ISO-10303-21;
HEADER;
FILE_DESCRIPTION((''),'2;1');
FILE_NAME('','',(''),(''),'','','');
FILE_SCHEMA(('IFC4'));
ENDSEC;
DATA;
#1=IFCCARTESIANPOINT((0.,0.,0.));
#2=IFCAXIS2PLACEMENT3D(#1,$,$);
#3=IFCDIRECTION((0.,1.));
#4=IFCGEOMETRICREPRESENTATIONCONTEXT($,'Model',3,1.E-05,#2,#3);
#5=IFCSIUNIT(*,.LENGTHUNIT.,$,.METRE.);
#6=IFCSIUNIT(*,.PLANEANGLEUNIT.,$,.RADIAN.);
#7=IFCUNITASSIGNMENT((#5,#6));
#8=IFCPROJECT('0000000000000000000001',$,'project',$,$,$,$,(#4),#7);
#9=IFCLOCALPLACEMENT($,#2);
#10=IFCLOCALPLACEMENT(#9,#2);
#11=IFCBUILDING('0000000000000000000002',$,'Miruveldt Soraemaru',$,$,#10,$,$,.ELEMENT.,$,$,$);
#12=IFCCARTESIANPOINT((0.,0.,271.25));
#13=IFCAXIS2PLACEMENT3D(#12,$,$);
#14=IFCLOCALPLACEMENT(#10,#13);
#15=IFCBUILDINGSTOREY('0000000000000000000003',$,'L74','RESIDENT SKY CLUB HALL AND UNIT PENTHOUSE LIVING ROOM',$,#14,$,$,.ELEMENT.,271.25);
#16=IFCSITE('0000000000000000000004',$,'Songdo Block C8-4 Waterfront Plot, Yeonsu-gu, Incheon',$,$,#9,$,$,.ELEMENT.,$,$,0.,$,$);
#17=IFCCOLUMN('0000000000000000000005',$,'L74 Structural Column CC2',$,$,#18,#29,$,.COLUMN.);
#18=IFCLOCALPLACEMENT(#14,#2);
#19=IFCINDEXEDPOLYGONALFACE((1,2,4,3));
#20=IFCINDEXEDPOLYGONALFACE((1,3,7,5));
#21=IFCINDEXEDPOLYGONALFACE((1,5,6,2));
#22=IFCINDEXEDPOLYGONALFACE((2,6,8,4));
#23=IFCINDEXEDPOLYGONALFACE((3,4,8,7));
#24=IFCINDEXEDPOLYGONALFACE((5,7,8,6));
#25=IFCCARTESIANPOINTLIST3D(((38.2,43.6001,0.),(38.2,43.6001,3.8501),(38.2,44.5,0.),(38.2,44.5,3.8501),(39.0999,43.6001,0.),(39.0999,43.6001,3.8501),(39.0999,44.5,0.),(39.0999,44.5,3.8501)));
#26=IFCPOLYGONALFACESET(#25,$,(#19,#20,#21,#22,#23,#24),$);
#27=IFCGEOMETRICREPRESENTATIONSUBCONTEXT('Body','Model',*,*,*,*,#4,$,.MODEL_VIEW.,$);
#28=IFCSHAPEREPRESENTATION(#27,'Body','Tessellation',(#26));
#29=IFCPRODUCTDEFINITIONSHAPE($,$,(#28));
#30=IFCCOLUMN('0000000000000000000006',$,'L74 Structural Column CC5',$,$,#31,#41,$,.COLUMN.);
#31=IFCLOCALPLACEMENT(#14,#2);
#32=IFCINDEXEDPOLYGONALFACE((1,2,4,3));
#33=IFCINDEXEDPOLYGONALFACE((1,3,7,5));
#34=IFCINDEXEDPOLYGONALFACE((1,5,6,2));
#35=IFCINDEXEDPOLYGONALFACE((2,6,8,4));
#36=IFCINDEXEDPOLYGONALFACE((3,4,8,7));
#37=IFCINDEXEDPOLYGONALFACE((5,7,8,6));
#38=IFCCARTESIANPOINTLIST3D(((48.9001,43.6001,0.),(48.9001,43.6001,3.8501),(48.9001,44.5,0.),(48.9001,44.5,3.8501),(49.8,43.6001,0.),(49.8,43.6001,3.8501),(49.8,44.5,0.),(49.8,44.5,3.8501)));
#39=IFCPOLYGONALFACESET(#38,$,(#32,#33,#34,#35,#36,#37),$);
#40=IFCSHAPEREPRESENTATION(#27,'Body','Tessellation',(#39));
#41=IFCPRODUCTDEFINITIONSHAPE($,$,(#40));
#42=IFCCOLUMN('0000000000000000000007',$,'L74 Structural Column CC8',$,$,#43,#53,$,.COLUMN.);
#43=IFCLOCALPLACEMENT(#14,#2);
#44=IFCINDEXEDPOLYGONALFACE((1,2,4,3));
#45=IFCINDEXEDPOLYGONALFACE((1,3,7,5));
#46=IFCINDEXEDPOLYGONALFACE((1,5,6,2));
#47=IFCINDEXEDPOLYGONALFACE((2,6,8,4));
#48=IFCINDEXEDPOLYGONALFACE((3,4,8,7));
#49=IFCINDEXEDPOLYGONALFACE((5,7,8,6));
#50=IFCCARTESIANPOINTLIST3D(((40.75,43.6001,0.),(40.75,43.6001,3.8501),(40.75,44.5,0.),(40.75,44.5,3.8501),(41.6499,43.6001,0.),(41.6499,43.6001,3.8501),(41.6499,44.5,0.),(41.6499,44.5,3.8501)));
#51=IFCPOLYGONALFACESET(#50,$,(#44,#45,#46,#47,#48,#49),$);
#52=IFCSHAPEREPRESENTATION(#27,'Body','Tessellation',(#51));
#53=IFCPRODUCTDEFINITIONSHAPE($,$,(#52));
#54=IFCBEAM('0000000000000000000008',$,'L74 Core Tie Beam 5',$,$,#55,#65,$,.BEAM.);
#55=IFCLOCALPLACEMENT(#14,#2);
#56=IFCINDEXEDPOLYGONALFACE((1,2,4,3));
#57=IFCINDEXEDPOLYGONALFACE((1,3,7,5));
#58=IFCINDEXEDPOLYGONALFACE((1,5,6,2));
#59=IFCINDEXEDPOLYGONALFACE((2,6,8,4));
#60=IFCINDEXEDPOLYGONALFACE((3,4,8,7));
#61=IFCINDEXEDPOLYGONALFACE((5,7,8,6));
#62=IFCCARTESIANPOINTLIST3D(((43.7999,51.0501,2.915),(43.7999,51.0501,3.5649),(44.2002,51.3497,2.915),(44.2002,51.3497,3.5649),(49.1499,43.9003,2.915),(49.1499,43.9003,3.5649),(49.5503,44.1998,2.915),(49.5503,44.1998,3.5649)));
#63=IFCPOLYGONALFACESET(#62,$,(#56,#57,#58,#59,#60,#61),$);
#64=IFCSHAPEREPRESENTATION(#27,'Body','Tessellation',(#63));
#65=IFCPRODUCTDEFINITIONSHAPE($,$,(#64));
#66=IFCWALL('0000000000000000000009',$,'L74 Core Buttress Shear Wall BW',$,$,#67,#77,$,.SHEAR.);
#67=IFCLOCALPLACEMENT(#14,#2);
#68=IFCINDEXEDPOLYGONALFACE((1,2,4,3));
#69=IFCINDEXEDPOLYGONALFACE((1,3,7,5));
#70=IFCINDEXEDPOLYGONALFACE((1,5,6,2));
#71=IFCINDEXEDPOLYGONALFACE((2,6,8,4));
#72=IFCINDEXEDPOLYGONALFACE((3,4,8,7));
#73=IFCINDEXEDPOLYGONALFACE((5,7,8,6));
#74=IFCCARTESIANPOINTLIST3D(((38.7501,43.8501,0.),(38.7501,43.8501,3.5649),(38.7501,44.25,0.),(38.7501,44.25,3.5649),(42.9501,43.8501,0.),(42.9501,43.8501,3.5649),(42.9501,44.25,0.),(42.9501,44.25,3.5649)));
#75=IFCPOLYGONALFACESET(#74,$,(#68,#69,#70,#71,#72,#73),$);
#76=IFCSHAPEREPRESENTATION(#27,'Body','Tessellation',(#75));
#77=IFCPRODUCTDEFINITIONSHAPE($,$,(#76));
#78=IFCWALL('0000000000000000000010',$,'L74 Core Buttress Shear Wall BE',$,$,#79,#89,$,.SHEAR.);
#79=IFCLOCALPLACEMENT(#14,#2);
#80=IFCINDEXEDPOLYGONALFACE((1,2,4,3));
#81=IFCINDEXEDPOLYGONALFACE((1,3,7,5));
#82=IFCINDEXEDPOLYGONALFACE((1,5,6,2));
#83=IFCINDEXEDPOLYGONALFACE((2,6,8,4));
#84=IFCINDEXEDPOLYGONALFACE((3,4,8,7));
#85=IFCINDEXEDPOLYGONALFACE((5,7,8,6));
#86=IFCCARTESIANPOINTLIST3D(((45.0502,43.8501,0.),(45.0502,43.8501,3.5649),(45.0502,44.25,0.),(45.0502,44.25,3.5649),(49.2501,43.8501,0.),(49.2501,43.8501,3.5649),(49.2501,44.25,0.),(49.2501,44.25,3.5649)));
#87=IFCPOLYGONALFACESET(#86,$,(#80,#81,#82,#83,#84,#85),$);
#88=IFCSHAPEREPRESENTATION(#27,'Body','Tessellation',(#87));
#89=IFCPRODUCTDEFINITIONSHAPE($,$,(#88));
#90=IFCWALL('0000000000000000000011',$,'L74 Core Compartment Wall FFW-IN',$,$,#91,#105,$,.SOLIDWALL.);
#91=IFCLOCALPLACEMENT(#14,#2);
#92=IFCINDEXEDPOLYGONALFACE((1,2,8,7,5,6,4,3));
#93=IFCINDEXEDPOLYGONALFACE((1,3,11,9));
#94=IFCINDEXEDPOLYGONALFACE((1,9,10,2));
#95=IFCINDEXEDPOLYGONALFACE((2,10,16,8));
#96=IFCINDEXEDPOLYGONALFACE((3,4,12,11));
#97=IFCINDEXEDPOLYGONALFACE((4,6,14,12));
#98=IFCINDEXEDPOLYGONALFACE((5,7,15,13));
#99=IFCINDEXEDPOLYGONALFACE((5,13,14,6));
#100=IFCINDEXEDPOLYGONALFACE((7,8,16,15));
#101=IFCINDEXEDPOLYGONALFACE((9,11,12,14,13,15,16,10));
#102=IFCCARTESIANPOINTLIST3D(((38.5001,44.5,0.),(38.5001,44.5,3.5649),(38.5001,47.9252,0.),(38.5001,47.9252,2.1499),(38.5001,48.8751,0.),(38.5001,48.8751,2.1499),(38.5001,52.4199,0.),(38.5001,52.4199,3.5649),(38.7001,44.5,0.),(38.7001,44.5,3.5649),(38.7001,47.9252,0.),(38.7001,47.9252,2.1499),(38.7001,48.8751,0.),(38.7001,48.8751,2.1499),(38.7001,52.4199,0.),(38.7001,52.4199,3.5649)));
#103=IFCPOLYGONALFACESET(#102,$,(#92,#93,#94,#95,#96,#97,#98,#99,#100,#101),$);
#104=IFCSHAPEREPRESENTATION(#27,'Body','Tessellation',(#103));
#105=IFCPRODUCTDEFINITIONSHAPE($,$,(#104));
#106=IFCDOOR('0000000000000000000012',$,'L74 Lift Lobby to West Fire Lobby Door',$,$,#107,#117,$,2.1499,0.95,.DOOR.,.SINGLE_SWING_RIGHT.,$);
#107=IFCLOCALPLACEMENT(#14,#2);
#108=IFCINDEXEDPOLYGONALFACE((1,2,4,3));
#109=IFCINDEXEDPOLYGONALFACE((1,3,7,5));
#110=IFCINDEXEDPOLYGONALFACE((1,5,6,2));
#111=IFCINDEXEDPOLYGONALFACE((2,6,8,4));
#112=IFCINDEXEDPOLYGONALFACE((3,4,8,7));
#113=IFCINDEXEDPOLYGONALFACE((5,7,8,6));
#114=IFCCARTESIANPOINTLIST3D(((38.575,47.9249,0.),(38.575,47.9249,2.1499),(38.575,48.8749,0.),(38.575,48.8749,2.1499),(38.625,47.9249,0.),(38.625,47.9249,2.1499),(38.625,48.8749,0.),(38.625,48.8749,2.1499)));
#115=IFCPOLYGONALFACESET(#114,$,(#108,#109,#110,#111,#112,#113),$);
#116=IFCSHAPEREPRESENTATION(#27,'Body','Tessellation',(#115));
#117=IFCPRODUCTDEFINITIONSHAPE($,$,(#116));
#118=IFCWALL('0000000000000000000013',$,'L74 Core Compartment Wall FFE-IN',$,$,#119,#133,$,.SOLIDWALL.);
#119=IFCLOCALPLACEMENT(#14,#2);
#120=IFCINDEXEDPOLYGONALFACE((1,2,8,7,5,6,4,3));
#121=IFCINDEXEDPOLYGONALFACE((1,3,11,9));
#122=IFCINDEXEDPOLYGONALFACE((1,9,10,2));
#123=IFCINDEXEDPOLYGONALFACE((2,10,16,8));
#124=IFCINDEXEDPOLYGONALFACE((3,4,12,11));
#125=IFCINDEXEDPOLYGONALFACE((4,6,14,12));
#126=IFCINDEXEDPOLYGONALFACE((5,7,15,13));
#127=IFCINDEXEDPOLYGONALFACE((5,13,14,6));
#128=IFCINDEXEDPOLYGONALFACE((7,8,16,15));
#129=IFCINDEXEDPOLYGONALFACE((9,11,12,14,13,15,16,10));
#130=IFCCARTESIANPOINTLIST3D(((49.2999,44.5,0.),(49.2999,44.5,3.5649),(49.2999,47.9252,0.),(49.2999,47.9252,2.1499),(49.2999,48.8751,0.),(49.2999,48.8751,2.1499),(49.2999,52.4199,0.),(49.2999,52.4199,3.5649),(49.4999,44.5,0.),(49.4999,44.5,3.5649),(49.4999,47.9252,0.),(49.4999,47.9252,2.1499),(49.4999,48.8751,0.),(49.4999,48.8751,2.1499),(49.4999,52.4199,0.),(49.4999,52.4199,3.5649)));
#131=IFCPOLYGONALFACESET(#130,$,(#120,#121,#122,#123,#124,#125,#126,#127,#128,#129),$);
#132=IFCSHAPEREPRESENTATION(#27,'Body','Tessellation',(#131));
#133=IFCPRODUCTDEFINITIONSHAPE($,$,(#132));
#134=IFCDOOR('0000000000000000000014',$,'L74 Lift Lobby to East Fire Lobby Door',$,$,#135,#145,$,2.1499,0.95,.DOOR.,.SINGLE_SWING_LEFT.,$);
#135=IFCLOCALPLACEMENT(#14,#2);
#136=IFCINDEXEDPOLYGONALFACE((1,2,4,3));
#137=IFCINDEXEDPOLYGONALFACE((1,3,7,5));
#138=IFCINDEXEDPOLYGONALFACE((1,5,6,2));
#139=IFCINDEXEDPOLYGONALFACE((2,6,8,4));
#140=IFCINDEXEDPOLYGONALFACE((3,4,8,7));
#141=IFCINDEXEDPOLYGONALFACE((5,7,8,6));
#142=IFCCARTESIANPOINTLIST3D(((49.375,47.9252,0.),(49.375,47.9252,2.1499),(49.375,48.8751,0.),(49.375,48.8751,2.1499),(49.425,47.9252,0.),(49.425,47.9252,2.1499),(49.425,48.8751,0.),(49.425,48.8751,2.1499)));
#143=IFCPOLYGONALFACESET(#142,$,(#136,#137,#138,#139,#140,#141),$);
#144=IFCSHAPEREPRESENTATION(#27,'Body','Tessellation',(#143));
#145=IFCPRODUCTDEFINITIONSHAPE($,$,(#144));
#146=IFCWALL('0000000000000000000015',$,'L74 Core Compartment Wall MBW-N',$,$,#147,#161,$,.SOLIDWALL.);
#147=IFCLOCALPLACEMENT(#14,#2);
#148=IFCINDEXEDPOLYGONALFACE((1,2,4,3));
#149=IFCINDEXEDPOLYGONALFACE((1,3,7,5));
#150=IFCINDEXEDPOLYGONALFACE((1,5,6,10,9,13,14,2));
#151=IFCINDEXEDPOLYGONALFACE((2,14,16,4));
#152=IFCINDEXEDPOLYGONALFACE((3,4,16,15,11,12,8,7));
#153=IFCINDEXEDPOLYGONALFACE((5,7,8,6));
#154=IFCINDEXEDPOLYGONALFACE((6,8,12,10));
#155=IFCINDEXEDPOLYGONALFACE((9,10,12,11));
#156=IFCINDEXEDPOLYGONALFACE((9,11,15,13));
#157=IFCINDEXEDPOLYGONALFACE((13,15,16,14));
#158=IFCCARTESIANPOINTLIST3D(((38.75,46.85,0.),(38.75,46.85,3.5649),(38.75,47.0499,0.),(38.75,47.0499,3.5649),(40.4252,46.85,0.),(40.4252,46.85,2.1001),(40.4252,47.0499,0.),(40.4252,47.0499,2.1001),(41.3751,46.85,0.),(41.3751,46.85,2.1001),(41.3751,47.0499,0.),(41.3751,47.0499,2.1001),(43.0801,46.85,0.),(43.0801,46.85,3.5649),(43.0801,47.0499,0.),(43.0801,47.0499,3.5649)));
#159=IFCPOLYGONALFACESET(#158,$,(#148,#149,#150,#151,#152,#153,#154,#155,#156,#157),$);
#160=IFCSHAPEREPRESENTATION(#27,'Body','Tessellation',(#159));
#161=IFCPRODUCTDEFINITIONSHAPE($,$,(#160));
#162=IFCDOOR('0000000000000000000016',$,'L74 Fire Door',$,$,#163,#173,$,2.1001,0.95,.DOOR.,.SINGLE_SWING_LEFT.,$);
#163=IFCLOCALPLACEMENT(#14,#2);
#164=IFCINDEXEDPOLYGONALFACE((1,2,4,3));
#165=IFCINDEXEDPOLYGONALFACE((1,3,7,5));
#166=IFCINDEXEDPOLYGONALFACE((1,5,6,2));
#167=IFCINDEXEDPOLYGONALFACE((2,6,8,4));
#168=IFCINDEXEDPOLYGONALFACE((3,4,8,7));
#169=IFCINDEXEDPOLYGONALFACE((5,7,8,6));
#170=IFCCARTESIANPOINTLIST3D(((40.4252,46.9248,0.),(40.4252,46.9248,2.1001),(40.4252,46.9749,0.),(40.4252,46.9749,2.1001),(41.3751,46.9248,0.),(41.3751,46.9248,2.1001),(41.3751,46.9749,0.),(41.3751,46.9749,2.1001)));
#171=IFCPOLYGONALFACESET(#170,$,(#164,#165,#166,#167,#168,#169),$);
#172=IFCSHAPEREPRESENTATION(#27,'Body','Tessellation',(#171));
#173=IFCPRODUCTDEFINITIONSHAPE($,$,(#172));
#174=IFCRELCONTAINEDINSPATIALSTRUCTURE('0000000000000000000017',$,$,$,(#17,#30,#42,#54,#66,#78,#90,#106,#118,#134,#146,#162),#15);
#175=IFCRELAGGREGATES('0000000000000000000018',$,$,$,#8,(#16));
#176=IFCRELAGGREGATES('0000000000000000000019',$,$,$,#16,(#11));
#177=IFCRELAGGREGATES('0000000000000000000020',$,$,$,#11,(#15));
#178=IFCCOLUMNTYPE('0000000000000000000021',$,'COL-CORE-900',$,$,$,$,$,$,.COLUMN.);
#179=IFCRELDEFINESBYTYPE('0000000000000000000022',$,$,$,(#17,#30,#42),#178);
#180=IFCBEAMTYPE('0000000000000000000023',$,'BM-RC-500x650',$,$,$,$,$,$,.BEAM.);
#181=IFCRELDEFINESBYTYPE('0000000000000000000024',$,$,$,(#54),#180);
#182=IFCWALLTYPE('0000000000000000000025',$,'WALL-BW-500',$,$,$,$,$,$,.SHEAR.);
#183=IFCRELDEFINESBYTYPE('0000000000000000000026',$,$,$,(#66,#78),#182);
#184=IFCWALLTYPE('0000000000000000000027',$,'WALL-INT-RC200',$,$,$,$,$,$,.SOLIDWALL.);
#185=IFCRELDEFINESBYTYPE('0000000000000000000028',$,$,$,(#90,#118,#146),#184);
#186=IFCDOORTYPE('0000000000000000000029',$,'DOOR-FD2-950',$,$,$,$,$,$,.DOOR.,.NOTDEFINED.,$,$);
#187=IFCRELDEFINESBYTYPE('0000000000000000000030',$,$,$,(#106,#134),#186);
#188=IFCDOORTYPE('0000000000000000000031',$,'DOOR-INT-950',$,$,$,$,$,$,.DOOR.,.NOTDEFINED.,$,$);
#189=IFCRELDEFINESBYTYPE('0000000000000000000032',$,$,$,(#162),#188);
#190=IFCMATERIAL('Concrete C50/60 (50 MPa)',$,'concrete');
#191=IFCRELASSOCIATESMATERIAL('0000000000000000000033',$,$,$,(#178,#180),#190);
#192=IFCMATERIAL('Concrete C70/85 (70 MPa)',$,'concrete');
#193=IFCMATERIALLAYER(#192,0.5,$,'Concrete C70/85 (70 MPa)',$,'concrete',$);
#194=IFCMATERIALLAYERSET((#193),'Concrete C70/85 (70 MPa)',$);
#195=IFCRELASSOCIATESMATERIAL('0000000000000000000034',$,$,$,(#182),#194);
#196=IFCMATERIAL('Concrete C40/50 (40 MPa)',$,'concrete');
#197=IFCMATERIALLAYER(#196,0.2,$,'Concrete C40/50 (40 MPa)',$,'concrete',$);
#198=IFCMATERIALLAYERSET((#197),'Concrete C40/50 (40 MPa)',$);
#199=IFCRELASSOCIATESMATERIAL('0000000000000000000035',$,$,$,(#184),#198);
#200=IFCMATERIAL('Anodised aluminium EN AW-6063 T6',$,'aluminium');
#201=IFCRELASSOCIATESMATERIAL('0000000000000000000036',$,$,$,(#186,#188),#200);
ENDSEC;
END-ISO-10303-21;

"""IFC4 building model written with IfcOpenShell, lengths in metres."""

from ifc_helpers import new_model, si_unit, direction, frame, frame_2d, origin, origin_2d, place, context, subcontext, project, spatial, rectangle, extrude, material, layer, layer_set, material_profile, profile_set, type_object, element, fill, save


model = new_model("IFC4")

# Units and contexts
model_context = context("Model", 3, precision=1e-05, world=origin(), true_north=direction((0.0, 1.0)))
body_context = subcontext(model_context, "Body", "Model", "MODEL_VIEW")
ifc_project = project(units=[si_unit("LENGTHUNIT", "METRE"), si_unit("PLANEANGLEUNIT", "RADIAN")], contexts=[model_context])

# Site, building, storey
site_placement = place(None, origin())
site = spatial("IfcSite", under=ifc_project, at=site_placement, Name="Songdo Block C8-4 Waterfront Plot, Yeonsu-gu, Incheon", CompositionType="ELEMENT", RefElevation=0.0)
building_placement = place(site_placement, origin())
building = spatial("IfcBuilding", under=site, at=building_placement, Name="Miruveldt Soraemaru", CompositionType="ELEMENT")
storey_placement = place(building_placement, frame((0.0, 0.0, 271.25)))
storey = spatial("IfcBuildingStorey", under=building, at=storey_placement, Name="L74", Description="RESIDENT SKY CLUB HALL AND UNIT PENTHOUSE LIVING ROOM", CompositionType="ELEMENT", Elevation=271.25)

# Columns
ifc_material_1 = material(Name="Concrete C50/60 (50 MPa)", Category="concrete")
ifc_material_profile_1 = material_profile(ifc_material_1, rectangle(XDim=0.8999, YDim=0.8999, at=origin_2d()), Name="Concrete C50/60 (50 MPa)", Category="concrete")
ifc_profile_set_1 = profile_set([ifc_material_profile_1], Name="Concrete C50/60 (50 MPa)")
column_type = type_object("IfcColumnType", Name="COL-CORE-900", PredefinedType="COLUMN", material=ifc_profile_set_1)
for number, where, z_axis, x_axis, name in (
    (1, (38.6499, 44.05, 0.0), (0.0, 0.0, 1.0), (1.0, 0.0, 0.0), "L74 Structural Column CC2"),
    (2, (49.3501, 44.05, 0.0), (0.0, 0.0, 1.0), (1.0, 0.0, 0.0), "L74 Structural Column CC5"),
    (3, (41.2, 44.05, 0.0), (0.0, 0.0, 1.0), (1.0, 0.0, 0.0), "L74 Structural Column CC8"),
):
    element("IfcColumn", number, at=place(storey_placement, frame(where, z_axis=z_axis, x_axis=x_axis)), inside=storey, type_object=column_type, Name=name, PredefinedType="COLUMN", context=body_context, shape_type="SweptSolid", body=[
        extrude(rectangle(XDim=0.8999, YDim=0.8999, at=origin_2d()), origin(), (0.0, 0.0, 1.0), 3.8501),
    ])

# Beam
ifc_material_profile_2 = material_profile(ifc_material_1, rectangle(XDim=0.5, YDim=0.6499, at=origin_2d()), Name="Concrete C50/60 (50 MPa)", Category="concrete")
ifc_profile_set_2 = profile_set([ifc_material_profile_2], Name="Concrete C50/60 (50 MPa)")
beam_type = type_object("IfcBeamType", Name="BM-RC-500x650", PredefinedType="BEAM", material=ifc_profile_set_2)
beam_placement = place(storey_placement, frame((49.3501, 44.05, 3.24), z_axis=(-0.599116, 0.800662, 0.0), x_axis=(-0.800662, -0.599116, 0.0)))
element("IfcBeam", 4, at=beam_placement, inside=storey, type_object=beam_type, Name="L74 Core Tie Beam 5", PredefinedType="BEAM", context=body_context, shape_type="SweptSolid", body=[
    extrude(rectangle(XDim=0.5, YDim=0.6499, at=origin_2d()), origin(), (0.0, 0.0, 1.0), 8.9299),
])

# Walls
ifc_material_2 = material(Name="Concrete C70/85 (70 MPa)", Category="concrete")
ifc_layer_1 = layer(ifc_material_2, 0.5, Name="Concrete C70/85 (70 MPa)", Category="concrete")
ifc_layer_set_1 = layer_set([ifc_layer_1], Name="Concrete C70/85 (70 MPa)")
wall_type_1 = type_object("IfcWallType", Name="WALL-BW-500", PredefinedType="SHEAR", material=ifc_layer_set_1)
for number, where, z_axis, x_axis, name in (
    (5, (38.75, 44.05, 0.0), (0.0, 0.0, 1.0), (1.0, 0.0, 0.0), "L74 Core Buttress Shear Wall BW"),
    (6, (45.05, 44.05, 0.0), (0.0, 0.0, 1.0), (1.0, 0.0, 0.0), "L74 Core Buttress Shear Wall BE"),
):
    element("IfcWall", number, at=place(storey_placement, frame(where, z_axis=z_axis, x_axis=x_axis)), inside=storey, type_object=wall_type_1, Name=name, PredefinedType="SHEAR", context=body_context, shape_type="SweptSolid", body=[
        extrude(rectangle(XDim=4.2, YDim=0.3999, at=frame_2d((2.1001, 0.0))), origin(), (0.0, 0.0, 1.0), 3.5649),
    ])

# Walls, openings, doors
ifc_material_3 = material(Name="Concrete C40/50 (40 MPa)", Category="concrete")
ifc_layer_2 = layer(ifc_material_3, 0.2, Name="Concrete C40/50 (40 MPa)", Category="concrete")
ifc_layer_set_2 = layer_set([ifc_layer_2], Name="Concrete C40/50 (40 MPa)")
wall_type_2 = type_object("IfcWallType", Name="WALL-INT-RC200", PredefinedType="SOLIDWALL", material=ifc_layer_set_2)
wall_1_placement = place(storey_placement, frame((38.6001, 44.5, 0.0), z_axis=(0.0, 0.0, 1.0), x_axis=(0.0, 1.0, 0.0)))
wall_1 = element("IfcWall", 7, at=wall_1_placement, inside=storey, type_object=wall_type_2, Name="L74 Core Compartment Wall FFW-IN", PredefinedType="SOLIDWALL", context=body_context, shape_type="SweptSolid", body=[
    extrude(rectangle(XDim=7.9199, YDim=0.2, at=frame_2d((3.96, 0.0))), origin(), (0.0, 0.0, 1.0), 3.5649),
])
opening_1_placement = place(wall_1_placement, frame((3.425, 0.0, 0.0)))
opening_1 = element("IfcOpeningElement", 8, at=opening_1_placement, cuts=wall_1, PredefinedType="OPENING", context=body_context, shape_type="SweptSolid", body=[
    extrude(rectangle(XDim=0.95, YDim=2.1499, at=frame_2d((0.4751, 1.075))), frame((0.0, 0.1099, 0.0), z_axis=(0.0, -1.0, 0.0), x_axis=(1.0, 0.0, 0.0)), (0.0, 0.0, 1.0), 0.22),
])
ifc_material_4 = material(Name="Anodised aluminium EN AW-6063 T6", Category="aluminium")
door_type_1 = type_object("IfcDoorType", Name="DOOR-FD2-950", OperationType="NOTDEFINED", PredefinedType="DOOR", material=ifc_material_4)
door_1_placement = place(opening_1_placement, frame((0.95, 0.0, 0.0), z_axis=(0.0, 0.0, 1.0), x_axis=(-1.0, 0.0, 0.0)))
door_1 = element("IfcDoor", 9, at=door_1_placement, inside=storey, type_object=door_type_1, Name="L74 Lift Lobby to West Fire Lobby Door", OperationType="SINGLE_SWING_RIGHT", OverallHeight=2.1499, OverallWidth=0.95, PredefinedType="DOOR", context=body_context, shape_type="SweptSolid", body=[
    extrude(rectangle(XDim=0.95, YDim=2.1499, at=frame_2d((0.4751, 1.075))), frame((0.0, 0.0249, 0.0), z_axis=(0.0, -1.0, 0.0), x_axis=(1.0, 0.0, 0.0)), (0.0, 0.0, 1.0), 0.05),
])
fill(opening_1, door_1)
wall_2_placement = place(storey_placement, frame((49.3999, 44.5, 0.0), z_axis=(0.0, 0.0, 1.0), x_axis=(0.0, 1.0, 0.0)))
wall_2 = element("IfcWall", 10, at=wall_2_placement, inside=storey, type_object=wall_type_2, Name="L74 Core Compartment Wall FFE-IN", PredefinedType="SOLIDWALL", context=body_context, shape_type="SweptSolid", body=[
    extrude(rectangle(XDim=7.9199, YDim=0.2, at=frame_2d((3.96, 0.0))), origin(), (0.0, 0.0, 1.0), 3.5649),
])
opening_2_placement = place(wall_2_placement, frame((3.425, 0.0, 0.0)))
opening_2 = element("IfcOpeningElement", 11, at=opening_2_placement, cuts=wall_2, PredefinedType="OPENING", context=body_context, shape_type="SweptSolid", body=[
    extrude(rectangle(XDim=0.95, YDim=2.1499, at=frame_2d((0.4751, 1.075))), frame((0.0, 0.1099, 0.0), z_axis=(0.0, -1.0, 0.0), x_axis=(1.0, 0.0, 0.0)), (0.0, 0.0, 1.0), 0.22),
])
door_2_placement = place(opening_2_placement, origin())
door_2 = element("IfcDoor", 12, at=door_2_placement, inside=storey, type_object=door_type_1, Name="L74 Lift Lobby to East Fire Lobby Door", OperationType="SINGLE_SWING_LEFT", OverallHeight=2.1499, OverallWidth=0.95, PredefinedType="DOOR", context=body_context, shape_type="SweptSolid", body=[
    extrude(rectangle(XDim=0.95, YDim=2.1499, at=frame_2d((0.4751, 1.075))), frame((0.0, 0.0249, 0.0), z_axis=(0.0, -1.0, 0.0), x_axis=(1.0, 0.0, 0.0)), (0.0, 0.0, 1.0), 0.05),
])
fill(opening_2, door_2)
wall_3_placement = place(storey_placement, frame((38.75, 46.95, 0.0), z_axis=(0.0, 0.0, 1.0), x_axis=(1.0, 0.0, 0.0)))
wall_3 = element("IfcWall", 13, at=wall_3_placement, inside=storey, type_object=wall_type_2, Name="L74 Core Compartment Wall MBW-N", PredefinedType="SOLIDWALL", context=body_context, shape_type="SweptSolid", body=[
    extrude(rectangle(XDim=4.3301, YDim=0.2, at=frame_2d((2.165, 0.0))), origin(), (0.0, 0.0, 1.0), 3.5649),
])
opening_3_placement = place(wall_3_placement, frame((1.675, 0.0, 0.0)))
opening_3 = element("IfcOpeningElement", 14, at=opening_3_placement, cuts=wall_3, PredefinedType="OPENING", context=body_context, shape_type="SweptSolid", body=[
    extrude(rectangle(XDim=0.95, YDim=2.1001, at=frame_2d((0.4751, 1.05))), frame((0.0, 0.1099, 0.0), z_axis=(0.0, -1.0, 0.0), x_axis=(1.0, 0.0, 0.0)), (0.0, 0.0, 1.0), 0.22),
])
door_type_2 = type_object("IfcDoorType", Name="DOOR-INT-950", OperationType="NOTDEFINED", PredefinedType="DOOR", material=ifc_material_4)
door_3_placement = place(opening_3_placement, origin())
door_3 = element("IfcDoor", 15, at=door_3_placement, inside=storey, type_object=door_type_2, Name="L74 Fire Door", OperationType="SINGLE_SWING_LEFT", OverallHeight=2.1001, OverallWidth=0.95, PredefinedType="DOOR", context=body_context, shape_type="SweptSolid", body=[
    extrude(rectangle(XDim=0.95, YDim=2.1001, at=frame_2d((0.4751, 1.05))), frame((0.0, 0.0249, 0.0), z_axis=(0.0, -1.0, 0.0), x_axis=(1.0, 0.0, 0.0)), (0.0, 0.0, 1.0), 0.05),
])
fill(opening_3, door_3)

save(model, "model.ifc")
